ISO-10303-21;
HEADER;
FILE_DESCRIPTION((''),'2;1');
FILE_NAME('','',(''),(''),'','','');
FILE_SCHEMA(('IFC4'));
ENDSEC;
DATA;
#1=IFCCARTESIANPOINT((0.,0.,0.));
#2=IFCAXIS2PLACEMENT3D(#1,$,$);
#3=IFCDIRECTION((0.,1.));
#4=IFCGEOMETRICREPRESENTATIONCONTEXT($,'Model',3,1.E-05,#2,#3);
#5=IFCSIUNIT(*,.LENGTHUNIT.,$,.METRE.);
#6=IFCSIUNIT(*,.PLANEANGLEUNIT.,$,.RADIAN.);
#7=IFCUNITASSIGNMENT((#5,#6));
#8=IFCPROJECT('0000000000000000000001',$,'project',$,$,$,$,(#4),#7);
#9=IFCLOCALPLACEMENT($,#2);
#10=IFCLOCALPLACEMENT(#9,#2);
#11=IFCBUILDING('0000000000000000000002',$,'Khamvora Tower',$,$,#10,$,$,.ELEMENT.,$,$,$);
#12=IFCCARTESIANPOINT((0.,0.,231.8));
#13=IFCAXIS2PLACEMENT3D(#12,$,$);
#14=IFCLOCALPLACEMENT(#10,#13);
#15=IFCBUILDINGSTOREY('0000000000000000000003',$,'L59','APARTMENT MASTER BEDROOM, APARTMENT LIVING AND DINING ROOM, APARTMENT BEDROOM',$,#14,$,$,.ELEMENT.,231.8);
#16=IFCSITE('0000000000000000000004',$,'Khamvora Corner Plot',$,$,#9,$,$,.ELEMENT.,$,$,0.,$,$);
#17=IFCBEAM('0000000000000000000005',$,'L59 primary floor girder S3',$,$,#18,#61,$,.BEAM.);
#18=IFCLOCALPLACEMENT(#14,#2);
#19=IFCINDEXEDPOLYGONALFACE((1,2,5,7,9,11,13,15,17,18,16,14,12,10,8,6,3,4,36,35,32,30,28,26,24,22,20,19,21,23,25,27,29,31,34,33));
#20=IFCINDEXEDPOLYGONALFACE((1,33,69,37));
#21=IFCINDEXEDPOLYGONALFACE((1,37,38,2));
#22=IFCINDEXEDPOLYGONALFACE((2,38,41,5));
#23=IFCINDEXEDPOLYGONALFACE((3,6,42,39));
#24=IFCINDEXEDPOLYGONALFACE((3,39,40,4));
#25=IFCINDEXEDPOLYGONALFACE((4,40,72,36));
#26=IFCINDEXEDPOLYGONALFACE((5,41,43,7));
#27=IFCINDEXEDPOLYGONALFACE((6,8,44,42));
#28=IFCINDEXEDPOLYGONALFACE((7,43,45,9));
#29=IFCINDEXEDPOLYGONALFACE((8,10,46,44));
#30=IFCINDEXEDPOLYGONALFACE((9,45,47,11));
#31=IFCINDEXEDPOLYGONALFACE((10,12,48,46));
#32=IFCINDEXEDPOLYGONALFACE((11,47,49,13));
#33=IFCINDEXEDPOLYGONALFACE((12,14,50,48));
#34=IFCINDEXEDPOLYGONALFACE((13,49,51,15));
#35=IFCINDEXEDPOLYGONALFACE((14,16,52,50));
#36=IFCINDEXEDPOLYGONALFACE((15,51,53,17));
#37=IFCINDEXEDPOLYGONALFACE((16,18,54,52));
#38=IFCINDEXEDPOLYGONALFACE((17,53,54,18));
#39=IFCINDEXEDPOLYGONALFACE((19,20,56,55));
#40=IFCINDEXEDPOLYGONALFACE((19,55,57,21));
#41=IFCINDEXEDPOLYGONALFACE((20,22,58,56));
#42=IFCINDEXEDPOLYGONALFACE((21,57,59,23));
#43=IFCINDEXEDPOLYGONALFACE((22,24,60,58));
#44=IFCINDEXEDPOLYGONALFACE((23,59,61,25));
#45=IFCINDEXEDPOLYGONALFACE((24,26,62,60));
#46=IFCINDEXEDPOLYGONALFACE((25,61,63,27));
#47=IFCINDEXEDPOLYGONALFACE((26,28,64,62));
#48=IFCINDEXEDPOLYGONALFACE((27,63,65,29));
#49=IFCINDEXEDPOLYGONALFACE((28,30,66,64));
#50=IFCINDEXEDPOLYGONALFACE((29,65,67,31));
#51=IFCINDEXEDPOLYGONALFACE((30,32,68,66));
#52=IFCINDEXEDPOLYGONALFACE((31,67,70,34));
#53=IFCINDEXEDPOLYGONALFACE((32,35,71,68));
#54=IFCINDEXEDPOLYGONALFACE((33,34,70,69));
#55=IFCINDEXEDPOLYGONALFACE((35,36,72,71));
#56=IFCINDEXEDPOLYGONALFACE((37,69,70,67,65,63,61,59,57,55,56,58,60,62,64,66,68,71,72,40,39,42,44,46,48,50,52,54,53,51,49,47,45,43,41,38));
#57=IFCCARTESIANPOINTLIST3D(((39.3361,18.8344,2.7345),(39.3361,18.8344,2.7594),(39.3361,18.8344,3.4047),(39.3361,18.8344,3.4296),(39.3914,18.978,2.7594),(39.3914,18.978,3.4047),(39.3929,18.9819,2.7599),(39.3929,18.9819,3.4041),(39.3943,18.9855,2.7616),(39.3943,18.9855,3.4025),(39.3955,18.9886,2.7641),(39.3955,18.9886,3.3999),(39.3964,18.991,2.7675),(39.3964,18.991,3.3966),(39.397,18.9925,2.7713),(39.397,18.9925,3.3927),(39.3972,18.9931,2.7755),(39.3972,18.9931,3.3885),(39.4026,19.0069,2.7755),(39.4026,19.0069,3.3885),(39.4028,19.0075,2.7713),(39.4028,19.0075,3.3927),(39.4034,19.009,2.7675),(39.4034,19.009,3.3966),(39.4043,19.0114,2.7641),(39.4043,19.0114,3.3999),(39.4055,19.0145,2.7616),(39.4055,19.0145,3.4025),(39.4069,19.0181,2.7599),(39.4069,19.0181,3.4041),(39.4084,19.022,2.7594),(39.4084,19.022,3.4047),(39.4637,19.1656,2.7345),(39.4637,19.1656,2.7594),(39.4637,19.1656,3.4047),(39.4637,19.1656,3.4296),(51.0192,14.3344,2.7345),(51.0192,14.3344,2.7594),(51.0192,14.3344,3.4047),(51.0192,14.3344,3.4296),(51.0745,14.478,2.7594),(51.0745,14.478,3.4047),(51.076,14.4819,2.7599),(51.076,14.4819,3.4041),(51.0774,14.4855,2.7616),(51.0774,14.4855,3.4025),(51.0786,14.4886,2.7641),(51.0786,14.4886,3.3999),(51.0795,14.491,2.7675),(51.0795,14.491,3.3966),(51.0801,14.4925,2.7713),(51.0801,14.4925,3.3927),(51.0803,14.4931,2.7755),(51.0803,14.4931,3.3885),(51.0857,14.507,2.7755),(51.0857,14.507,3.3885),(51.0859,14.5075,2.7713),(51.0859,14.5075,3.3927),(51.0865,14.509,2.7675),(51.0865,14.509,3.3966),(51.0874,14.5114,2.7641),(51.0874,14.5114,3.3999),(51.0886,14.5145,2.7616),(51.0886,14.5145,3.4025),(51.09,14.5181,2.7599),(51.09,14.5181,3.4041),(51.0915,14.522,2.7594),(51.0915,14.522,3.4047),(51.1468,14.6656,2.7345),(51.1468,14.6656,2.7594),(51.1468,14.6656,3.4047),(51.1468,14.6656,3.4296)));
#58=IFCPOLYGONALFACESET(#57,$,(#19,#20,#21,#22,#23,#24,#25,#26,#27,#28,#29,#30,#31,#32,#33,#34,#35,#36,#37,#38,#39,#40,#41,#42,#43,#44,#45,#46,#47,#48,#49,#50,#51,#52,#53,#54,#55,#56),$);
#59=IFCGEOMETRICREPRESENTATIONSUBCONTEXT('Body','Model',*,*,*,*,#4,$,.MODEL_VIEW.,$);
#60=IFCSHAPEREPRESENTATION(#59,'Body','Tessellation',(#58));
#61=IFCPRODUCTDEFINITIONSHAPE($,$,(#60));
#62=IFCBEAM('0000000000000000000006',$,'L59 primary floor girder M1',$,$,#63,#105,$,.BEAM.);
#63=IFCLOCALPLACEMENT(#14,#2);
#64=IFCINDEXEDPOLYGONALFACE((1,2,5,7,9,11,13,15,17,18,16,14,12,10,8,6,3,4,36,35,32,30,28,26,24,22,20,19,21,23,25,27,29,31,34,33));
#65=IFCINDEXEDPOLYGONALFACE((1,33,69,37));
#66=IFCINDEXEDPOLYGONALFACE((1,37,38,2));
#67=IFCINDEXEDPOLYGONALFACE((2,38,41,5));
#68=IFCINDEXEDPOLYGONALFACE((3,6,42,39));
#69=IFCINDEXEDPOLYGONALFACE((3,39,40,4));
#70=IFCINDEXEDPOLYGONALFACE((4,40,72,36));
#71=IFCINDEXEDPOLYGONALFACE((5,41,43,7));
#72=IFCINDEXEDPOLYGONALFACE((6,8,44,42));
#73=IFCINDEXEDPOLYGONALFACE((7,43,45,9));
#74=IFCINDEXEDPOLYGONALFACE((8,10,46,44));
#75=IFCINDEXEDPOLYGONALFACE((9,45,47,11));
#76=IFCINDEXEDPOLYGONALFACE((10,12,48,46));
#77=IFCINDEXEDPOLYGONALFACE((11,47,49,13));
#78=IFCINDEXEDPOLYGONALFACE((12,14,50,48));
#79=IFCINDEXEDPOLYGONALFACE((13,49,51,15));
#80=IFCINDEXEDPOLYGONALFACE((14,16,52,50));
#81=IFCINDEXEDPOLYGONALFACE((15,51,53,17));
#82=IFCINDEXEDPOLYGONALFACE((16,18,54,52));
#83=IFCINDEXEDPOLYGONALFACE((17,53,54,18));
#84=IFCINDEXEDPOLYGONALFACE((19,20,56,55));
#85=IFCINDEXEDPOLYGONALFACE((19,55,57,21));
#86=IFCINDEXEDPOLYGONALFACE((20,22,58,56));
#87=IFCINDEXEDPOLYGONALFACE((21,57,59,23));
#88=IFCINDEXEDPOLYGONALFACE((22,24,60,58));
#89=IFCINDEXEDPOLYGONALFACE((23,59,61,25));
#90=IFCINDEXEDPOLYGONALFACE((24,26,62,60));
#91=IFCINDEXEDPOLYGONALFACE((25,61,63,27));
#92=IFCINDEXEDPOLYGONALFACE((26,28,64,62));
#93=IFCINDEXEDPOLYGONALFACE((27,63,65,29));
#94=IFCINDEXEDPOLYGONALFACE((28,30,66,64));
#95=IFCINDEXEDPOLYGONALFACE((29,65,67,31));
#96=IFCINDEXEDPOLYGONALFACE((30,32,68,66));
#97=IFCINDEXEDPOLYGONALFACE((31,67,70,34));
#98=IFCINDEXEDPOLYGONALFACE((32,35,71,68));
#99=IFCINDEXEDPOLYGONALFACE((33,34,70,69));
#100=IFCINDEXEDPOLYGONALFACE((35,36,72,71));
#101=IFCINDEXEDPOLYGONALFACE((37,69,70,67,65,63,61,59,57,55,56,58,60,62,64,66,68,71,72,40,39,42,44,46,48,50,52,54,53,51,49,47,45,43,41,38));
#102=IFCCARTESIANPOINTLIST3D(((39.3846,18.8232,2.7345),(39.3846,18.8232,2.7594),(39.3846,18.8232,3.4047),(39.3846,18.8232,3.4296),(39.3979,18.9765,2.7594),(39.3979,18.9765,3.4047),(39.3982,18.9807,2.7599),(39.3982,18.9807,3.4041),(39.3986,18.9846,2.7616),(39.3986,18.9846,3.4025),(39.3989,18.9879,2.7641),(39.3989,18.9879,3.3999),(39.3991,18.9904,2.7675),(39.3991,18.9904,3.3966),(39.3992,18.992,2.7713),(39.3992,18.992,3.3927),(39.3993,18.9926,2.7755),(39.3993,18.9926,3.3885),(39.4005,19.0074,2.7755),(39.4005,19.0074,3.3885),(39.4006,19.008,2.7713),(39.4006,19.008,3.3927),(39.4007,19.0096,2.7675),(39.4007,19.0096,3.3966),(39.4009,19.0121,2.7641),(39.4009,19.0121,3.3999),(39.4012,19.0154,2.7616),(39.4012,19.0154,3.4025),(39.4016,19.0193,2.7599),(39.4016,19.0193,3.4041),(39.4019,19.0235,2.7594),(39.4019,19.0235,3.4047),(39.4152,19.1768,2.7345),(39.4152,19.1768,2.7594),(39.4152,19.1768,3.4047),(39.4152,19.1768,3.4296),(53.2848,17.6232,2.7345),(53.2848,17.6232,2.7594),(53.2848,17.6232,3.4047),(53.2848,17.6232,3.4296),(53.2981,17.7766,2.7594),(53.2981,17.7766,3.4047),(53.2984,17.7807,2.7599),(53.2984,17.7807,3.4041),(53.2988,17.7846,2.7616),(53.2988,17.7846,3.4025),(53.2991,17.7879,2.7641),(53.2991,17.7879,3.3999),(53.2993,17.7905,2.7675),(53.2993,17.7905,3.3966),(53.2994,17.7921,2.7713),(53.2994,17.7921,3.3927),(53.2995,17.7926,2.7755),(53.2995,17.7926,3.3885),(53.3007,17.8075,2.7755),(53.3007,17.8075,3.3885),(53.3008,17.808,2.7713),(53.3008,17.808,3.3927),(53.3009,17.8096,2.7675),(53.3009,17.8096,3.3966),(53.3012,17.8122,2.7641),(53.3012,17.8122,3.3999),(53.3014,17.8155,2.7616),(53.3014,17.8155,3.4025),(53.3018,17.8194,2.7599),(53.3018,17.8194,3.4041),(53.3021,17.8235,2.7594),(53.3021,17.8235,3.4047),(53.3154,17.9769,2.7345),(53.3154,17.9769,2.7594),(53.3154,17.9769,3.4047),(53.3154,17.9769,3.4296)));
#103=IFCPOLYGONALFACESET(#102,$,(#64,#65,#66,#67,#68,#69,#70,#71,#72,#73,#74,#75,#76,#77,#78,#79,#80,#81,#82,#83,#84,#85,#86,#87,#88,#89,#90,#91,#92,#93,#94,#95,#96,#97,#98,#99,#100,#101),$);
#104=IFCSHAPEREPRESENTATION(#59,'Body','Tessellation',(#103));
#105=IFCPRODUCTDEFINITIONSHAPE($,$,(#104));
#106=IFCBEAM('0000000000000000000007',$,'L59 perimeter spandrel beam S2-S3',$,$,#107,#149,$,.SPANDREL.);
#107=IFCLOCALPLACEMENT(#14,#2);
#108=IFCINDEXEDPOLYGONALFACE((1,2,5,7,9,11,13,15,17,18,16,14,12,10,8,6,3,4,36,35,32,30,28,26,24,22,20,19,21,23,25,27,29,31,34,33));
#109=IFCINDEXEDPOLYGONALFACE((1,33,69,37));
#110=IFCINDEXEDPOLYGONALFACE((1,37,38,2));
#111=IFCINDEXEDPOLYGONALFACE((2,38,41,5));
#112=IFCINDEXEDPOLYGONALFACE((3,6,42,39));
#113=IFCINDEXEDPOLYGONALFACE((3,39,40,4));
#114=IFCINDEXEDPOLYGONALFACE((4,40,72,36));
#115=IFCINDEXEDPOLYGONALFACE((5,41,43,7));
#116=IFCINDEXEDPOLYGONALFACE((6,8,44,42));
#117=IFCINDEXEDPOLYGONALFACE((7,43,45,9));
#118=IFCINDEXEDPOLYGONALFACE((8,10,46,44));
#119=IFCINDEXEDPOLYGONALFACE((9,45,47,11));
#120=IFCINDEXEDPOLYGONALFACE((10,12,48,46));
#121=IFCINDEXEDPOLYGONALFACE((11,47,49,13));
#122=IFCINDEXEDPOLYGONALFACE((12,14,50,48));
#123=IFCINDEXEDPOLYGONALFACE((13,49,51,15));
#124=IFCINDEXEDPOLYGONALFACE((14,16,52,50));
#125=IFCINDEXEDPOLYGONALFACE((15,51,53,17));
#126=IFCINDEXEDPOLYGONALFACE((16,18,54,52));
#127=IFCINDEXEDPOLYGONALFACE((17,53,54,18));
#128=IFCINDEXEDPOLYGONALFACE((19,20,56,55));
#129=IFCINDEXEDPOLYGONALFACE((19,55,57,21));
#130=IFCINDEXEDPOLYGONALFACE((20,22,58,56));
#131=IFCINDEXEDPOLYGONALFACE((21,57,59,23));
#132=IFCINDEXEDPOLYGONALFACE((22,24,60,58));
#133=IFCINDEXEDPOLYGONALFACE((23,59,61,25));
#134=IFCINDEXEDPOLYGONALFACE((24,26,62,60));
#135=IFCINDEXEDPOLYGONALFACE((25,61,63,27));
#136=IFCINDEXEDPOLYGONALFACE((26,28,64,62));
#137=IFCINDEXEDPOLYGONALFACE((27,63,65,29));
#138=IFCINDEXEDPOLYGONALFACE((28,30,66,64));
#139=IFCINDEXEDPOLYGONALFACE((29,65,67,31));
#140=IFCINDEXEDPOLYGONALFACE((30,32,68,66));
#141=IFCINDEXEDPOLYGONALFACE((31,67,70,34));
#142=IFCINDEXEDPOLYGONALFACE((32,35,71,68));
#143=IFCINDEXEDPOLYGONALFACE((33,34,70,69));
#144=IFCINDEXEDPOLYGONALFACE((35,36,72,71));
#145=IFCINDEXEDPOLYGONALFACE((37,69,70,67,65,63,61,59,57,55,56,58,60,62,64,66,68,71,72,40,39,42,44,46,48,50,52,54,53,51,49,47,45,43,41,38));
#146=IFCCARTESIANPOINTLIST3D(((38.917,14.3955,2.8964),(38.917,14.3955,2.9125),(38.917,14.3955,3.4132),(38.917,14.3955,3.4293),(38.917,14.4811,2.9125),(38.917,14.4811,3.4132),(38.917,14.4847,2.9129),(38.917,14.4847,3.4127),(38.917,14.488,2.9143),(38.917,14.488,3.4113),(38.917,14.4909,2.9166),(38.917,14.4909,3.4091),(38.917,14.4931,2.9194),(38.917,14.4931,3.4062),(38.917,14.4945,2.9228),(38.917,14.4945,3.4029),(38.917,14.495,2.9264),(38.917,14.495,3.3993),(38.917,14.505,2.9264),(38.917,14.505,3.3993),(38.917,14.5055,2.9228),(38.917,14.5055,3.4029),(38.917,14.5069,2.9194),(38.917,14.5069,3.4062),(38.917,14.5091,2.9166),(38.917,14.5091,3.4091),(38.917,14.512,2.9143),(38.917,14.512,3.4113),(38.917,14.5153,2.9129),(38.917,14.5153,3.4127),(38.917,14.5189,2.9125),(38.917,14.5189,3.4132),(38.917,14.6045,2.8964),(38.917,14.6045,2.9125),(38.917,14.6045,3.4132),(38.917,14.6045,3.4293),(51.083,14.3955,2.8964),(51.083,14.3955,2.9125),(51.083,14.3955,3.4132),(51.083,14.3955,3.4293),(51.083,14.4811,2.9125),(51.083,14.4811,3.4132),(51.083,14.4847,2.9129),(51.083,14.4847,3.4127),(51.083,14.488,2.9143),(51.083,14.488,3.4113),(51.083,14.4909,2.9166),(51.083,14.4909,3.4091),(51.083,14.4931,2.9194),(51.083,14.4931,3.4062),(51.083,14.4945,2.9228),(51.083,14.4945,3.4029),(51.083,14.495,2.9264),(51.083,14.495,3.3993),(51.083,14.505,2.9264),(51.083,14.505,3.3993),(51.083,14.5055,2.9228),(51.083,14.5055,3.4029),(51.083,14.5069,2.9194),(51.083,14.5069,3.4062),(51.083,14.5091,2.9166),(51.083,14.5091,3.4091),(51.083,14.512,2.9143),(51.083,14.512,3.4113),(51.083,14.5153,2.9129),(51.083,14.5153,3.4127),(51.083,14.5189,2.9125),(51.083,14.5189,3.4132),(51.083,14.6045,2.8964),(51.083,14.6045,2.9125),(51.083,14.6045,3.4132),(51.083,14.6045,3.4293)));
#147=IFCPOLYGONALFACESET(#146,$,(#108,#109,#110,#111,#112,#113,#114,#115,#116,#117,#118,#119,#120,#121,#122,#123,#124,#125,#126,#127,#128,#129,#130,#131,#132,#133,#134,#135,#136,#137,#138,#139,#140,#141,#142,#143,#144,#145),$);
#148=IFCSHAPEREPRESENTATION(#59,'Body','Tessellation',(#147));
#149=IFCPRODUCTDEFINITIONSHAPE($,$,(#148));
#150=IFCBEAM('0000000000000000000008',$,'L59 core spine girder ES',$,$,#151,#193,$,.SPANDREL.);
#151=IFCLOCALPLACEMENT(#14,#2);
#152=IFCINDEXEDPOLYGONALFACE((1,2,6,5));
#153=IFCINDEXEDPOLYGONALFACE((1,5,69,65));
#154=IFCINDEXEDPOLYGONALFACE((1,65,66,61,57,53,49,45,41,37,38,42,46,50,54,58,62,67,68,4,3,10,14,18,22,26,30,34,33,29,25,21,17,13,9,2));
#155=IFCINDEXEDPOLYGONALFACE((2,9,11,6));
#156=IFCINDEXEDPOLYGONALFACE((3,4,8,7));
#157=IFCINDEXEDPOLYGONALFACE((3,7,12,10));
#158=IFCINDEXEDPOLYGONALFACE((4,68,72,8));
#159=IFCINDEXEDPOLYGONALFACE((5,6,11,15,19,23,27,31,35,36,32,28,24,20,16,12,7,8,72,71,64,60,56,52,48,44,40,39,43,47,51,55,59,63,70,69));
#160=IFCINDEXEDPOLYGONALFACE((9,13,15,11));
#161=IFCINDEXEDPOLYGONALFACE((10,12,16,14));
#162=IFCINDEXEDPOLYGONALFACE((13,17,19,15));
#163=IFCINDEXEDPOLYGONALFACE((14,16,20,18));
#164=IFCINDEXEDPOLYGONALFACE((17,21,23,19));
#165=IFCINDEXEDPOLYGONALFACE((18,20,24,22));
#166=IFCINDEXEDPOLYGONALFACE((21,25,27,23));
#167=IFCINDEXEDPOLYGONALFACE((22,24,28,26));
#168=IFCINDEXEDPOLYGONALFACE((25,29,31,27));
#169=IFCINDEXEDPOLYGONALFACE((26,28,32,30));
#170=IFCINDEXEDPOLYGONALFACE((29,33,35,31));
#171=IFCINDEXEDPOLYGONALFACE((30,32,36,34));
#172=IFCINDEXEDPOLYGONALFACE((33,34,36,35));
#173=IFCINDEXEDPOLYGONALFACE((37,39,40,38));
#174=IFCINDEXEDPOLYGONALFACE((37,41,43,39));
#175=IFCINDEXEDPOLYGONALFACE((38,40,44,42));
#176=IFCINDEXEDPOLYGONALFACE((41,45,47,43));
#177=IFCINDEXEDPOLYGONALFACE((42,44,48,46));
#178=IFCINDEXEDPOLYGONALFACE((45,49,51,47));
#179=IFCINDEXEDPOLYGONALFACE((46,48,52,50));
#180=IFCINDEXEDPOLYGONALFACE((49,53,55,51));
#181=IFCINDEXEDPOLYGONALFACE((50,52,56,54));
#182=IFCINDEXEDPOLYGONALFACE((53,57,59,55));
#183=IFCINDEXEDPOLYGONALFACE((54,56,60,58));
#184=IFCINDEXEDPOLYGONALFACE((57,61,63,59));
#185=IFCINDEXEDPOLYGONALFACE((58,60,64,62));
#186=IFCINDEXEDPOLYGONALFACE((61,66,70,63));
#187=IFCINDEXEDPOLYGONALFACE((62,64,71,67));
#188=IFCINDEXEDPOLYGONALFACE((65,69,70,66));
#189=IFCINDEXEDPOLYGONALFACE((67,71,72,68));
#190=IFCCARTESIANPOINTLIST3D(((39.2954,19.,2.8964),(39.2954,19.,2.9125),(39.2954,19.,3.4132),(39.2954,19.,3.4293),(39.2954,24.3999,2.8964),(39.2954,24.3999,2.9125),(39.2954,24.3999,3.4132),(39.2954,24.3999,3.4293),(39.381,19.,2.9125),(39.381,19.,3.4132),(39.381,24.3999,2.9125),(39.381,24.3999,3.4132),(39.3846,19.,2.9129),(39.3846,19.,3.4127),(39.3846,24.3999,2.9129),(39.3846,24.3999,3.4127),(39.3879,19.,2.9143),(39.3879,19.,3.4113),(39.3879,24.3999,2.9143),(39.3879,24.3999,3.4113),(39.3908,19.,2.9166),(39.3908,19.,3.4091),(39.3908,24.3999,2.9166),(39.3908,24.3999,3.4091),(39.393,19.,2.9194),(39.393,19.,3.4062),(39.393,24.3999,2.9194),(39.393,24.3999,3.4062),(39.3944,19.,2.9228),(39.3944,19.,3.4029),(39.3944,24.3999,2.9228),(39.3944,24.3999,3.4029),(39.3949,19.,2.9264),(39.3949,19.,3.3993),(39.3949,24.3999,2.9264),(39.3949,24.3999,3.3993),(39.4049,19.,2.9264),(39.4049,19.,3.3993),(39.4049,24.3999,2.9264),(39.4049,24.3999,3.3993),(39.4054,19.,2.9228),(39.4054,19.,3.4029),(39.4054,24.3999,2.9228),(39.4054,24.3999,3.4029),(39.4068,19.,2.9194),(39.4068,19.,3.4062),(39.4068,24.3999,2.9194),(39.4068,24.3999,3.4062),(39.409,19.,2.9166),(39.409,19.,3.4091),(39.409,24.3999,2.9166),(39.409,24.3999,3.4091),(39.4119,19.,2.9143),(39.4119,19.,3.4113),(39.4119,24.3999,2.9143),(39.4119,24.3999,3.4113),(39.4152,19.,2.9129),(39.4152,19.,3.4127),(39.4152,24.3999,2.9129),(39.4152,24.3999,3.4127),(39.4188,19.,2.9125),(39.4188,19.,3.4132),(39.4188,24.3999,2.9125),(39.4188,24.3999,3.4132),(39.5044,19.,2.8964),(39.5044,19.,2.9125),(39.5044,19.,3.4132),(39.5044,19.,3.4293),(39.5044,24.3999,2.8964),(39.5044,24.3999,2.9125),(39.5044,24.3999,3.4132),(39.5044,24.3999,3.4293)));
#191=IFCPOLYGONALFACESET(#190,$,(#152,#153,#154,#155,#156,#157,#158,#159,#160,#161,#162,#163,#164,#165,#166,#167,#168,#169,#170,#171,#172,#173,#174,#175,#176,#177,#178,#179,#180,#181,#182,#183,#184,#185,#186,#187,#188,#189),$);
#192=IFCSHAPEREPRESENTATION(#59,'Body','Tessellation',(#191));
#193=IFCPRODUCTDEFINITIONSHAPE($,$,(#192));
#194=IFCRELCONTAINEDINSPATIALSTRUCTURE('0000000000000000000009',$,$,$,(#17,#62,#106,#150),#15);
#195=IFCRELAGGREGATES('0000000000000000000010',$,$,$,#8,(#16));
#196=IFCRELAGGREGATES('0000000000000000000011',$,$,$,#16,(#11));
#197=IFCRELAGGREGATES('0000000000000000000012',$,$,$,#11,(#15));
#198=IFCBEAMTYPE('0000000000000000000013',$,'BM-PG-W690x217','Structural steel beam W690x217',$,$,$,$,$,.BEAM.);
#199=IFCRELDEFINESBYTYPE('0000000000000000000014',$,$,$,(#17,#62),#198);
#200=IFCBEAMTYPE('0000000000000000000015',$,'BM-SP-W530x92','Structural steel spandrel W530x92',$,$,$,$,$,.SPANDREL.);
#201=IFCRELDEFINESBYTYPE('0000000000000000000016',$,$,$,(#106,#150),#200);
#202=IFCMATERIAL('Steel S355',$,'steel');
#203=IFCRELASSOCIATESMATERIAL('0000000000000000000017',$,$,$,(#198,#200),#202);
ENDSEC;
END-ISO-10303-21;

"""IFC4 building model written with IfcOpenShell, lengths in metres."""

from ifc_helpers import new_model, si_unit, direction, frame, origin, origin_2d, place, context, subcontext, project, spatial, i_section, extrude, material, material_profile, profile_set, type_object, element, save


model = new_model("IFC4")

# Units and contexts
model_context = context("Model", 3, precision=1e-05, world=origin(), true_north=direction((0.0, 1.0)))
body_context = subcontext(model_context, "Body", "Model", "MODEL_VIEW")
ifc_project = project(units=[si_unit("LENGTHUNIT", "METRE"), si_unit("PLANEANGLEUNIT", "RADIAN")], contexts=[model_context])

# Site, building, storey
site_placement = place(None, origin())
site = spatial("IfcSite", under=ifc_project, at=site_placement, Name="Khamvora Corner Plot", CompositionType="ELEMENT", RefElevation=0.0)
building_placement = place(site_placement, origin())
building = spatial("IfcBuilding", under=site, at=building_placement, Name="Khamvora Tower", CompositionType="ELEMENT")
storey_placement = place(building_placement, frame((0.0, 0.0, 231.8)))
storey = spatial("IfcBuildingStorey", under=building, at=storey_placement, Name="L59", Description="APARTMENT MASTER BEDROOM, APARTMENT LIVING AND DINING ROOM, APARTMENT BEDROOM", CompositionType="ELEMENT", Elevation=231.8)

# Shared definitions
ifc_material_1 = material(Name="Steel S355", Category="steel")

# Beams
ifc_material_profile_1 = material_profile(ifc_material_1, i_section(OverallWidth=0.355, OverallDepth=0.6951, WebThickness=0.0149, FlangeThickness=0.0249, FilletRadius=0.0161, at=origin_2d()), Name="W690x217")
ifc_profile_set_1 = profile_set([ifc_material_profile_1], Name="Steel S355")
beam_type_1 = type_object("IfcBeamType", Name="BM-PG-W690x217", Description="Structural steel beam W690x217", PredefinedType="BEAM", material=ifc_profile_set_1)
beam_1_placement = place(storey_placement, frame((39.3999, 19.0, 3.082), z_axis=(0.933172, -0.359431, 0.0), x_axis=(0.359431, 0.933172, 0.0)))
element("IfcBeam", 1, at=beam_1_placement, inside=storey, type_object=beam_type_1, Name="L59 primary floor girder S3", PredefinedType="BEAM", context=body_context, shape_type="SweptSolid", body=[
    extrude(i_section(OverallWidth=0.355, OverallDepth=0.6951, WebThickness=0.0149, FlangeThickness=0.0249, FilletRadius=0.0161, at=origin_2d()), origin(), (0.0, 0.0, 1.0), 12.5198),
])
beam_2_placement = place(storey_placement, frame((39.3999, 19.0, 3.082), z_axis=(0.996295, -0.086007, 0.0), x_axis=(0.086007, 0.996295, 0.0)))
element("IfcBeam", 2, at=beam_2_placement, inside=storey, type_object=beam_type_1, Name="L59 primary floor girder M1", PredefinedType="BEAM", context=body_context, shape_type="SweptSolid", body=[
    extrude(i_section(OverallWidth=0.355, OverallDepth=0.6951, WebThickness=0.0149, FlangeThickness=0.0249, FilletRadius=0.0161, at=origin_2d()), origin(), (0.0, 0.0, 1.0), 13.9519),
])
ifc_material_profile_2 = material_profile(ifc_material_1, i_section(OverallWidth=0.209, OverallDepth=0.533, WebThickness=0.01, FlangeThickness=0.0161, FilletRadius=0.0139, at=origin_2d()), Name="W530x92")
ifc_profile_set_2 = profile_set([ifc_material_profile_2], Name="Steel S355")
beam_type_2 = type_object("IfcBeamType", Name="BM-SP-W530x92", Description="Structural steel spandrel W530x92", PredefinedType="SPANDREL", material=ifc_profile_set_2)
beam_3_placement = place(storey_placement, frame((38.917, 14.5, 3.1628), z_axis=(1.0, 0.0, 0.0), x_axis=(0.0, 1.0, 0.0)))
element("IfcBeam", 3, at=beam_3_placement, inside=storey, type_object=beam_type_2, Name="L59 perimeter spandrel beam S2-S3", PredefinedType="SPANDREL", context=body_context, shape_type="SweptSolid", body=[
    extrude(i_section(OverallWidth=0.209, OverallDepth=0.533, WebThickness=0.01, FlangeThickness=0.0161, FilletRadius=0.0139, at=origin_2d()), origin(), (0.0, 0.0, 1.0), 12.166),
])
beam_4_placement = place(storey_placement, frame((39.3999, 19.0, 3.1628), z_axis=(0.0, 1.0, 0.0), x_axis=(-1.0, 0.0, 0.0)))
element("IfcBeam", 4, at=beam_4_placement, inside=storey, type_object=beam_type_2, Name="L59 core spine girder ES", PredefinedType="SPANDREL", context=body_context, shape_type="SweptSolid", body=[
    extrude(i_section(OverallWidth=0.209, OverallDepth=0.533, WebThickness=0.01, FlangeThickness=0.0161, FilletRadius=0.0139, at=origin_2d()), origin(), (0.0, 0.0, 1.0), 5.3999),
])

save(model, "model.ifc")
